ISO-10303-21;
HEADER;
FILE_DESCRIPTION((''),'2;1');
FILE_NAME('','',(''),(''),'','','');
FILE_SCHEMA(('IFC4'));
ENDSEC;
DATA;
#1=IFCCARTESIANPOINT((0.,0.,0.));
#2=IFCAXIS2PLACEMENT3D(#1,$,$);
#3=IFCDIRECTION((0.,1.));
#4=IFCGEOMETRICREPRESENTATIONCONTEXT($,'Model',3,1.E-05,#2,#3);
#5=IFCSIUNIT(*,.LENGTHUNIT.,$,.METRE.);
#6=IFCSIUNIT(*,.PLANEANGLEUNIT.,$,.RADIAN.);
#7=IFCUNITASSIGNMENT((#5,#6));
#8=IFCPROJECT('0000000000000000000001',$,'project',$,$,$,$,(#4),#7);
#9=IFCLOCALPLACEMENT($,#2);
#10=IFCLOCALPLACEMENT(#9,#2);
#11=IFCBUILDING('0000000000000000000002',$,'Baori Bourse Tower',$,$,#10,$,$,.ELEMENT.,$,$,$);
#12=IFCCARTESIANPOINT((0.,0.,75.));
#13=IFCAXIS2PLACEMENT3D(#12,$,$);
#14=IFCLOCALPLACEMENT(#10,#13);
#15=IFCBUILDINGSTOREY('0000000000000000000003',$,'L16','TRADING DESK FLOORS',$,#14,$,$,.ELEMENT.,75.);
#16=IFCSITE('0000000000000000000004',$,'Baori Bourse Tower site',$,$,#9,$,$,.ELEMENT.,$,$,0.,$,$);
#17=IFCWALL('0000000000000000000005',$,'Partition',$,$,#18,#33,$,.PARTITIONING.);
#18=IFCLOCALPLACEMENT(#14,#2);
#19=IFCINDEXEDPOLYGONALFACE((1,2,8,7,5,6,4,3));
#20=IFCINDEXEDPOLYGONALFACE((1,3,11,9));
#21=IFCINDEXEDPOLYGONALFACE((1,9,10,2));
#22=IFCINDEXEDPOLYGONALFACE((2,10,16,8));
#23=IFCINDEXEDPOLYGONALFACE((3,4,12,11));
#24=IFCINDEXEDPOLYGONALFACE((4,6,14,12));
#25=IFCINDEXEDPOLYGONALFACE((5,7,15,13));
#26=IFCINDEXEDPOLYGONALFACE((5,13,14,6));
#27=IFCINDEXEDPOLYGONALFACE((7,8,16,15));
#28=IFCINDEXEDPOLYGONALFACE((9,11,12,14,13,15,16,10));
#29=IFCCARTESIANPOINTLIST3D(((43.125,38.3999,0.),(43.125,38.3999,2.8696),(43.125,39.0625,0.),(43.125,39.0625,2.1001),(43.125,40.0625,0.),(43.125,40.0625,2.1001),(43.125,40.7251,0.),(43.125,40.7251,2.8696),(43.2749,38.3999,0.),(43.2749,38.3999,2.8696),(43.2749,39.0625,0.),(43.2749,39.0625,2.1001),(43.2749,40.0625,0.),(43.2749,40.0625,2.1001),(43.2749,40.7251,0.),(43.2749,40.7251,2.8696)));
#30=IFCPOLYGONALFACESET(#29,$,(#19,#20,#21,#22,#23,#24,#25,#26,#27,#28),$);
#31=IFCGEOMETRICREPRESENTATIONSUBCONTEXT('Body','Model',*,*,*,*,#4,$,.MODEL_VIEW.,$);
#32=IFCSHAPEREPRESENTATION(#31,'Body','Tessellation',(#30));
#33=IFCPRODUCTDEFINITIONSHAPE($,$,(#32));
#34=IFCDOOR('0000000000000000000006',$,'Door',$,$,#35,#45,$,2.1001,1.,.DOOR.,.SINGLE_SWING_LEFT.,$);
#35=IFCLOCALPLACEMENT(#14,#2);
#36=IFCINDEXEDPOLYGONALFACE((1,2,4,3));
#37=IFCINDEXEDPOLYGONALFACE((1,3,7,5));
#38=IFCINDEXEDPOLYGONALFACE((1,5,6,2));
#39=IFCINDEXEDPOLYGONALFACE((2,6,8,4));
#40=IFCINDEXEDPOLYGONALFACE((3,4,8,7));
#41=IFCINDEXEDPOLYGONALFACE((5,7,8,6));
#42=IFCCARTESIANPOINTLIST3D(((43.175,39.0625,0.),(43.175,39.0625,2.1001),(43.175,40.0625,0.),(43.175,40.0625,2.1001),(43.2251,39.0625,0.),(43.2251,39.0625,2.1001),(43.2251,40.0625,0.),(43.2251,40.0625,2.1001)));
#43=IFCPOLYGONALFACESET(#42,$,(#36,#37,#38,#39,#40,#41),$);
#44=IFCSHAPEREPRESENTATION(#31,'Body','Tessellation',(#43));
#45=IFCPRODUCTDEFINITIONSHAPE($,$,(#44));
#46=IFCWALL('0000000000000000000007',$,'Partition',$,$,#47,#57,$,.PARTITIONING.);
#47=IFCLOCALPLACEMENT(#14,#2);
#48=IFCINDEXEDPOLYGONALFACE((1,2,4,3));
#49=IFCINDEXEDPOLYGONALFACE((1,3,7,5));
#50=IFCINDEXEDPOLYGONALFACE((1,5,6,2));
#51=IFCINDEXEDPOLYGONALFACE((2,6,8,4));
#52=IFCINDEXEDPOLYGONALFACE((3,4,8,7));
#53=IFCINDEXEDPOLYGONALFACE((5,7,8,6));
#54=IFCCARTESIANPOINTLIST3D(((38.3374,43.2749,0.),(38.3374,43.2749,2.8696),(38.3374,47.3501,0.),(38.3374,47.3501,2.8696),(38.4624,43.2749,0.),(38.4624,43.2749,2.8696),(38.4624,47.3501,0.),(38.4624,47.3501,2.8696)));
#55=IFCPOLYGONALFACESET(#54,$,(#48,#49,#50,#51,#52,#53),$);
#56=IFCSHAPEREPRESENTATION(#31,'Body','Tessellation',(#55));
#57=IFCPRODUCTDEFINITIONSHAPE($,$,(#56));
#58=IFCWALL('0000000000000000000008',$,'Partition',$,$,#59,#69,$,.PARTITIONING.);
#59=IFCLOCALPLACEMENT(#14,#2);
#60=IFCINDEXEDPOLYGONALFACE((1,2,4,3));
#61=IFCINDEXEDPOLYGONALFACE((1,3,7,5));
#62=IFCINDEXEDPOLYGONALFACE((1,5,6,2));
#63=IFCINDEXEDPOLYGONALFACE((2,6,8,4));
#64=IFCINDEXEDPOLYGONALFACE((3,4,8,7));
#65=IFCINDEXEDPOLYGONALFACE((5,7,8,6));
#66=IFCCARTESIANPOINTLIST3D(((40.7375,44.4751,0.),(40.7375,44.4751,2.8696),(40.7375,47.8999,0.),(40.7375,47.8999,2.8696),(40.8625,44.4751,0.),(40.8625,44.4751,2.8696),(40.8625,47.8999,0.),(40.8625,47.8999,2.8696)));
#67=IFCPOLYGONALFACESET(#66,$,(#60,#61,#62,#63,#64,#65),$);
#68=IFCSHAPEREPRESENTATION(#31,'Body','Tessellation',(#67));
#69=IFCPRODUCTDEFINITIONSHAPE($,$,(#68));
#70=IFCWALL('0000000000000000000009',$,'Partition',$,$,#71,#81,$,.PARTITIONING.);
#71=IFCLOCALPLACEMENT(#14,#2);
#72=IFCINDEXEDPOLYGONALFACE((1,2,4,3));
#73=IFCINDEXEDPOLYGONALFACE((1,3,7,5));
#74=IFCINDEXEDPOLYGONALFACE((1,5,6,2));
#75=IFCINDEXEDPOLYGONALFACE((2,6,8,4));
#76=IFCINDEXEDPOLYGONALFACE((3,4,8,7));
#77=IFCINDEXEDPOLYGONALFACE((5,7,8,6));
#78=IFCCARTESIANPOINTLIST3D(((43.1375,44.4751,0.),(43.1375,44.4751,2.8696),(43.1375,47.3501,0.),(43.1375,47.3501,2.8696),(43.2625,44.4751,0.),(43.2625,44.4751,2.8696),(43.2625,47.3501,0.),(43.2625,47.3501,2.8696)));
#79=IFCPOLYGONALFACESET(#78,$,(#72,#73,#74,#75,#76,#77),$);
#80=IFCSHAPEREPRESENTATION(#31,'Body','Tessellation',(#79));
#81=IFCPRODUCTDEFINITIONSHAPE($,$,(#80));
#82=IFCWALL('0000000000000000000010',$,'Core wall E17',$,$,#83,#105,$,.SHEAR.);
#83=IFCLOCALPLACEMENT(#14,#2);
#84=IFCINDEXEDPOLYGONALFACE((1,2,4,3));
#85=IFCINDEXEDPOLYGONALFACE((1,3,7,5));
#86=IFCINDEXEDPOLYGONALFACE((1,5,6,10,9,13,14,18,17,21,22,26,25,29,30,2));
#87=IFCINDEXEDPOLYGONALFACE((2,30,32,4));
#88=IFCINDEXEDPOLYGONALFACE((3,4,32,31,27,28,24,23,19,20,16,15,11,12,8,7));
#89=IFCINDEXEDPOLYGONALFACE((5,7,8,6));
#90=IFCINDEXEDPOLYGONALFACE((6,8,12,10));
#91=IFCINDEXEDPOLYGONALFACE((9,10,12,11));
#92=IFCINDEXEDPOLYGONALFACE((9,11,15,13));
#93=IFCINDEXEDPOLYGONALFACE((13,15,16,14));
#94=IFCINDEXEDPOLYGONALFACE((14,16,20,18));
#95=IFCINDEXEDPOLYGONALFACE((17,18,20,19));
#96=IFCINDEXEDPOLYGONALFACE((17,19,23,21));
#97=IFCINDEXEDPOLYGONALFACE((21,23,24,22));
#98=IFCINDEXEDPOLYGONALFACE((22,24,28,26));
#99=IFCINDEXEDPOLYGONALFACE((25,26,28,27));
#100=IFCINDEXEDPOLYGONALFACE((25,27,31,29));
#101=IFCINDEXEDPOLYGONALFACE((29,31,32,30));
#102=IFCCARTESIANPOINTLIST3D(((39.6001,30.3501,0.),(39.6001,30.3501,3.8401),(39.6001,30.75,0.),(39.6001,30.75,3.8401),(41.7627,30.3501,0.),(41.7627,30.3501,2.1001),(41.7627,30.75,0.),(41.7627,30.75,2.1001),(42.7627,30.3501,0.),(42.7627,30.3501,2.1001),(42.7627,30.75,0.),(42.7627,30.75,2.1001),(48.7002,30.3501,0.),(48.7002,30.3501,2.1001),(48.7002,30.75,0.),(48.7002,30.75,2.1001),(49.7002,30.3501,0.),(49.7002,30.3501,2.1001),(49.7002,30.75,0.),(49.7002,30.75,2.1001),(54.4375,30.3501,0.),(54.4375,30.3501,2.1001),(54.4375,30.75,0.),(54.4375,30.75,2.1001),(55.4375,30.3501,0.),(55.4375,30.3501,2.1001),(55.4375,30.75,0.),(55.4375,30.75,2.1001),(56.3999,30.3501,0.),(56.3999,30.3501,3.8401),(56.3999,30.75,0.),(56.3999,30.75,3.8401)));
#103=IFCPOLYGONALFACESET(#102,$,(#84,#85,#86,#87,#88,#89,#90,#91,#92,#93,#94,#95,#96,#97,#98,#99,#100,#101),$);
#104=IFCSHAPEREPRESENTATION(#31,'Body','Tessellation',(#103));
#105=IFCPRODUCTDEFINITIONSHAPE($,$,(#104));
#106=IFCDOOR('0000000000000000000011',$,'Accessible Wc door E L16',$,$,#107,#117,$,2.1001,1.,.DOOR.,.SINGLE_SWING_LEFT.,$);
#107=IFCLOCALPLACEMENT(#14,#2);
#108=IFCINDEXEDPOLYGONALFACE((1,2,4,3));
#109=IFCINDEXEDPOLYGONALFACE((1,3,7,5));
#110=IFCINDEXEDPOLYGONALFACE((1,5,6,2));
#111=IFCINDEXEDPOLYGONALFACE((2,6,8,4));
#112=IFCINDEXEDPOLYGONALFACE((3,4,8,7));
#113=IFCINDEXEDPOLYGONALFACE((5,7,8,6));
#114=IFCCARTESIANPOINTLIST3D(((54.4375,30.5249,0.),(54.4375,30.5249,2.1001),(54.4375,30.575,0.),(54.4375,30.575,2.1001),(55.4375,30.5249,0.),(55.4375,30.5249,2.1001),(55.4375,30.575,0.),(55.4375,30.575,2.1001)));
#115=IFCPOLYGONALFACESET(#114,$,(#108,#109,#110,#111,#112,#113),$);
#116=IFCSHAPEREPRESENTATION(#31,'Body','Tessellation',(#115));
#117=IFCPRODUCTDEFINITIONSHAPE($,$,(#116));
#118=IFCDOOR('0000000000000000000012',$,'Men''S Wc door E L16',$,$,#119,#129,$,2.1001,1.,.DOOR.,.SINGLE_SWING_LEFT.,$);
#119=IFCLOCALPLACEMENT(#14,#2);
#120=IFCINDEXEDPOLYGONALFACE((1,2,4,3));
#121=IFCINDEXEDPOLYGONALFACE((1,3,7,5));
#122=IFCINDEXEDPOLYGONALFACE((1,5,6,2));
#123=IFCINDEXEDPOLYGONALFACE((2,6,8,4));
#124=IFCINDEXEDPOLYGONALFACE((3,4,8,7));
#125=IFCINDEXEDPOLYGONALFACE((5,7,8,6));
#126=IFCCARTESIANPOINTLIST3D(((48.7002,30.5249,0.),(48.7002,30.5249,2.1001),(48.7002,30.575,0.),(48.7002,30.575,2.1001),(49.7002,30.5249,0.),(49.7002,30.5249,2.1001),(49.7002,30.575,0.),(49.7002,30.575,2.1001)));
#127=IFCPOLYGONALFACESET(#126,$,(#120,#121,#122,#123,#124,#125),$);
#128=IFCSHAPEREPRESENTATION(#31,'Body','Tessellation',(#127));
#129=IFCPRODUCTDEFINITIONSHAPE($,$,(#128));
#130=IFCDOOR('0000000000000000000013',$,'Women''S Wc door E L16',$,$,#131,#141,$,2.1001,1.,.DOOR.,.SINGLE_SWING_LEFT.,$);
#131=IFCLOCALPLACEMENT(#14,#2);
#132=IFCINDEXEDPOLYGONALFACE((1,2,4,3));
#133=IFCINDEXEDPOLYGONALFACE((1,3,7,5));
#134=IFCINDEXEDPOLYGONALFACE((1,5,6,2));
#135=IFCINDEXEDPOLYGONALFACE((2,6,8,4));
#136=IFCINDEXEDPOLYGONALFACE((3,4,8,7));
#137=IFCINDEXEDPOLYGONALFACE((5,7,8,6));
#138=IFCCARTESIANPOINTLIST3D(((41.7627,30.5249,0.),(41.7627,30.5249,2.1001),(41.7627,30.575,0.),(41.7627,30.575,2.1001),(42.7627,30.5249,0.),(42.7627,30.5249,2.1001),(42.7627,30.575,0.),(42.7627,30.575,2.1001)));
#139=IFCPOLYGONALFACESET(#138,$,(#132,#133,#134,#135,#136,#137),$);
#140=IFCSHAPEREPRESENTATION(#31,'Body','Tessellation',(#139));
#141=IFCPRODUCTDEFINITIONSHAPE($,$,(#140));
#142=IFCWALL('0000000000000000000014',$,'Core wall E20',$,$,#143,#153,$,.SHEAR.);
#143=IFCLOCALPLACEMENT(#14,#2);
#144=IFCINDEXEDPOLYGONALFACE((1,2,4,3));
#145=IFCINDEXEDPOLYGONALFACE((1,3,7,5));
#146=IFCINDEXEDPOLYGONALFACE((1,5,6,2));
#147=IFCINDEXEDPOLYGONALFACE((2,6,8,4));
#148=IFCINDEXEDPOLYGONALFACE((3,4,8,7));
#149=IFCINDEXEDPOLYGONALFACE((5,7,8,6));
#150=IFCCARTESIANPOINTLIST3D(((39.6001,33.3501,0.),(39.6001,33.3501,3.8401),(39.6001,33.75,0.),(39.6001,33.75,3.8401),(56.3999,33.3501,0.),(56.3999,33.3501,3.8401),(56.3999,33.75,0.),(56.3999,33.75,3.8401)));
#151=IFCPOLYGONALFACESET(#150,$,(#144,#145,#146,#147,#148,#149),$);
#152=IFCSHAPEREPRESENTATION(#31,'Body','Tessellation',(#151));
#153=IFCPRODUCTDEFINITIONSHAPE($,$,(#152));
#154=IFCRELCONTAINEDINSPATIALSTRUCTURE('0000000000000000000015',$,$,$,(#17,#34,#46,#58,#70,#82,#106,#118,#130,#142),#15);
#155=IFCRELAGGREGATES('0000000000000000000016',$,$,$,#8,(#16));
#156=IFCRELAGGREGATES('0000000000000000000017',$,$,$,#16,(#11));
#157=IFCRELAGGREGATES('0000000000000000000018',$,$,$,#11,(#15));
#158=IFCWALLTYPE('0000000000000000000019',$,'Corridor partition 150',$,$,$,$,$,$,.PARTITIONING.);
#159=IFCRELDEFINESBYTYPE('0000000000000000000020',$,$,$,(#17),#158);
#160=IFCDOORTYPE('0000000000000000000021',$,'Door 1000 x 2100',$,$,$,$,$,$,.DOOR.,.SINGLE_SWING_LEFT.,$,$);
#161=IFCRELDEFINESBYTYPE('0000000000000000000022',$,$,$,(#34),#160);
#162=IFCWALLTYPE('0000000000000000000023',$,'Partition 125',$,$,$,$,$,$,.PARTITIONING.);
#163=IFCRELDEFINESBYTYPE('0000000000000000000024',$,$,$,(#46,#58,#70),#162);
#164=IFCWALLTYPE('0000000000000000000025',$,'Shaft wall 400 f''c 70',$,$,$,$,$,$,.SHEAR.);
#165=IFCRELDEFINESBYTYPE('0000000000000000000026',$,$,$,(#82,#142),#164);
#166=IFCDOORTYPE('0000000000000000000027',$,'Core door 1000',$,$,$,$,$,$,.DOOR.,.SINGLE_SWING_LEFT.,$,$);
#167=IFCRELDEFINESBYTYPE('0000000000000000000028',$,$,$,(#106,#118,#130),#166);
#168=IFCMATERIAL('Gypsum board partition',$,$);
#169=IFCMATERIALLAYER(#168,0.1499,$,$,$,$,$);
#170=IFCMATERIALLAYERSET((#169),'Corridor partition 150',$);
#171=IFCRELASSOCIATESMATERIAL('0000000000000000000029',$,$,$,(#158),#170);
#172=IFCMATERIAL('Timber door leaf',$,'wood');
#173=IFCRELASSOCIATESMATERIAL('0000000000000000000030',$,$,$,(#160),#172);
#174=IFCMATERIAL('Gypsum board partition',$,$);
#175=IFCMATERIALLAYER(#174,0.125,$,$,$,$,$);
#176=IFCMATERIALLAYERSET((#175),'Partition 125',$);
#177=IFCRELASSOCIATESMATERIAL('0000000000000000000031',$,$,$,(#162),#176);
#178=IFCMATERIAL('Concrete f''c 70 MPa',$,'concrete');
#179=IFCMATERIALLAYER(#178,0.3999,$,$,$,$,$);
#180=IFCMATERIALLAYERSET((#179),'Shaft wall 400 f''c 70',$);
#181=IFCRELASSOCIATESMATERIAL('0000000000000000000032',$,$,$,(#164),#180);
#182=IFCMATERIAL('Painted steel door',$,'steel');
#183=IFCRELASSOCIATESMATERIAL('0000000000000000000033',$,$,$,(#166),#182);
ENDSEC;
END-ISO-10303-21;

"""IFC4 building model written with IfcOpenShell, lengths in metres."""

from ifc_helpers import new_model, si_unit, direction, frame, frame_2d, origin, place, context, subcontext, project, spatial, rectangle, extrude, material, layer, layer_set, type_object, element, fill, save


model = new_model("IFC4")

# Units and contexts
model_context = context("Model", 3, precision=1e-05, world=origin(), true_north=direction((0.0, 1.0)))
body_context = subcontext(model_context, "Body", "Model", "MODEL_VIEW")
ifc_project = project(units=[si_unit("LENGTHUNIT", "METRE"), si_unit("PLANEANGLEUNIT", "RADIAN")], contexts=[model_context])

# Site, building, storey
site_placement = place(None, origin())
site = spatial("IfcSite", under=ifc_project, at=site_placement, Name="Baori Bourse Tower site", CompositionType="ELEMENT", RefElevation=0.0)
building_placement = place(site_placement, origin())
building = spatial("IfcBuilding", under=site, at=building_placement, Name="Baori Bourse Tower", CompositionType="ELEMENT")
storey_placement = place(building_placement, frame((0.0, 0.0, 75.0)))
storey = spatial("IfcBuildingStorey", under=building, at=storey_placement, Name="L16", Description="TRADING DESK FLOORS", CompositionType="ELEMENT", Elevation=75.0)

# Shared definitions
ifc_material_1 = material(Name="Gypsum board partition")
ifc_layer_1 = layer(ifc_material_1, 0.1499)
ifc_layer_set_1 = layer_set([ifc_layer_1], Name="Corridor partition 150")
wall_type_1 = type_object("IfcWallType", Name="Corridor partition 150", PredefinedType="PARTITIONING", material=ifc_layer_set_1)
ifc_material_2 = material(Name="Timber door leaf", Category="wood")
door_type_1 = type_object("IfcDoorType", Name="Door 1000 x 2100", OperationType="SINGLE_SWING_LEFT", PredefinedType="DOOR", material=ifc_material_2)

# Wall, opening, door
wall_1_placement = place(storey_placement, frame((43.2, 38.3999, 0.0), z_axis=(0.0, 0.0, 1.0), x_axis=(0.0, 1.0, 0.0)))
wall_1 = element("IfcWall", 1, at=wall_1_placement, inside=storey, type_object=wall_type_1, Name="Partition", PredefinedType="PARTITIONING", context=body_context, shape_type="SweptSolid", body=[
    extrude(rectangle(XDim=2.3252, YDim=0.1499, at=frame_2d((1.1626, 0.0))), origin(), (0.0, 0.0, 1.0), 2.8696),
])
opening_1_placement = place(wall_1_placement, frame((0.6626, 0.0, 0.0)))
opening_1 = element("IfcOpeningElement", 2, at=opening_1_placement, cuts=wall_1, PredefinedType="OPENING", context=body_context, shape_type="SweptSolid", body=[
    extrude(rectangle(XDim=1.0, YDim=2.1001, at=frame_2d((0.5, 1.05))), frame((0.0, 0.085, 0.0), z_axis=(0.0, -1.0, 0.0), x_axis=(1.0, 0.0, 0.0)), (0.0, 0.0, 1.0), 0.1699),
])
door_1_placement = place(opening_1_placement, origin())
door_1 = element("IfcDoor", 3, at=door_1_placement, inside=storey, type_object=door_type_1, Name="Door", OperationType="SINGLE_SWING_LEFT", OverallHeight=2.1001, OverallWidth=1.0, PredefinedType="DOOR", context=body_context, shape_type="SweptSolid", body=[
    extrude(rectangle(XDim=1.0, YDim=2.1001, at=frame_2d((0.5, 1.05))), frame((0.0, 0.0249, 0.0), z_axis=(0.0, -1.0, 0.0), x_axis=(1.0, 0.0, 0.0)), (0.0, 0.0, 1.0), 0.05),
])
fill(opening_1, door_1)

# Walls
ifc_material_3 = material(Name="Gypsum board partition")
ifc_layer_2 = layer(ifc_material_3, 0.125)
ifc_layer_set_2 = layer_set([ifc_layer_2], Name="Partition 125")
wall_type_2 = type_object("IfcWallType", Name="Partition 125", PredefinedType="PARTITIONING", material=ifc_layer_set_2)
wall_2_placement = place(storey_placement, frame((38.3999, 43.2749, 0.0), z_axis=(0.0, 0.0, 1.0), x_axis=(0.0, 1.0, 0.0)))
element("IfcWall", 4, at=wall_2_placement, inside=storey, type_object=wall_type_2, Name="Partition", PredefinedType="PARTITIONING", context=body_context, shape_type="SweptSolid", body=[
    extrude(rectangle(XDim=4.0752, YDim=0.125, at=frame_2d((2.0376, 0.0))), origin(), (0.0, 0.0, 1.0), 2.8696),
])
wall_3_placement = place(storey_placement, frame((40.8, 44.4751, 0.0), z_axis=(0.0, 0.0, 1.0), x_axis=(0.0, 1.0, 0.0)))
element("IfcWall", 5, at=wall_3_placement, inside=storey, type_object=wall_type_2, Name="Partition", PredefinedType="PARTITIONING", context=body_context, shape_type="SweptSolid", body=[
    extrude(rectangle(XDim=3.4248, YDim=0.125, at=frame_2d((1.7124, 0.0))), origin(), (0.0, 0.0, 1.0), 2.8696),
])
wall_4_placement = place(storey_placement, frame((43.2, 44.4751, 0.0), z_axis=(0.0, 0.0, 1.0), x_axis=(0.0, 1.0, 0.0)))
element("IfcWall", 6, at=wall_4_placement, inside=storey, type_object=wall_type_2, Name="Partition", PredefinedType="PARTITIONING", context=body_context, shape_type="SweptSolid", body=[
    extrude(rectangle(XDim=2.875, YDim=0.125, at=frame_2d((1.4375, 0.0))), origin(), (0.0, 0.0, 1.0), 2.8696),
])

# Wall, openings, doors
ifc_material_4 = material(Name="Concrete f'c 70 MPa", Category="concrete")
ifc_layer_3 = layer(ifc_material_4, 0.3999)
ifc_layer_set_3 = layer_set([ifc_layer_3], Name="Shaft wall 400 f'c 70")
wall_type_3 = type_object("IfcWallType", Name="Shaft wall 400 f'c 70", PredefinedType="SHEAR", material=ifc_layer_set_3)
wall_5_placement = place(storey_placement, frame((39.6001, 30.55, 0.0), z_axis=(0.0, 0.0, 1.0), x_axis=(1.0, 0.0, 0.0)))
wall_5 = element("IfcWall", 7, at=wall_5_placement, inside=storey, type_object=wall_type_3, Name="Core wall E17", PredefinedType="SHEAR", context=body_context, shape_type="SweptSolid", body=[
    extrude(rectangle(XDim=16.7998, YDim=0.3999, at=frame_2d((8.3999, 0.0))), origin(), (0.0, 0.0, 1.0), 3.8401),
])
opening_2_placement = place(wall_5_placement, frame((14.8374, 0.0, 0.0)))
opening_2 = element("IfcOpeningElement", 8, at=opening_2_placement, cuts=wall_5, PredefinedType="OPENING", context=body_context, shape_type="SweptSolid", body=[
    extrude(rectangle(XDim=1.0, YDim=2.1001, at=frame_2d((0.5, 1.05))), frame((0.0, 0.21, 0.0), z_axis=(0.0, -1.0, 0.0), x_axis=(1.0, 0.0, 0.0)), (0.0, 0.0, 1.0), 0.4199),
])
opening_3_placement = place(wall_5_placement, frame((9.1001, 0.0, 0.0)))
opening_3 = element("IfcOpeningElement", 9, at=opening_3_placement, cuts=wall_5, PredefinedType="OPENING", context=body_context, shape_type="SweptSolid", body=[
    extrude(rectangle(XDim=1.0, YDim=2.1001, at=frame_2d((0.5, 1.05))), frame((0.0, 0.21, 0.0), z_axis=(0.0, -1.0, 0.0), x_axis=(1.0, 0.0, 0.0)), (0.0, 0.0, 1.0), 0.4199),
])
opening_4_placement = place(wall_5_placement, frame((2.1626, 0.0, 0.0)))
opening_4 = element("IfcOpeningElement", 10, at=opening_4_placement, cuts=wall_5, PredefinedType="OPENING", context=body_context, shape_type="SweptSolid", body=[
    extrude(rectangle(XDim=1.0, YDim=2.1001, at=frame_2d((0.5, 1.05))), frame((0.0, 0.21, 0.0), z_axis=(0.0, -1.0, 0.0), x_axis=(1.0, 0.0, 0.0)), (0.0, 0.0, 1.0), 0.4199),
])
ifc_material_5 = material(Name="Painted steel door", Category="steel")
door_type_2 = type_object("IfcDoorType", Name="Core door 1000", OperationType="SINGLE_SWING_LEFT", PredefinedType="DOOR", material=ifc_material_5)
door_2_placement = place(opening_2_placement, origin())
door_2 = element("IfcDoor", 11, at=door_2_placement, inside=storey, type_object=door_type_2, Name="Accessible Wc door E L16", OperationType="SINGLE_SWING_LEFT", OverallHeight=2.1001, OverallWidth=1.0, PredefinedType="DOOR", context=body_context, shape_type="SweptSolid", body=[
    extrude(rectangle(XDim=1.0, YDim=2.1001, at=frame_2d((0.5, 1.05))), frame((0.0, 0.0249, 0.0), z_axis=(0.0, -1.0, 0.0), x_axis=(1.0, 0.0, 0.0)), (0.0, 0.0, 1.0), 0.05),
])
fill(opening_2, door_2)
door_3_placement = place(opening_3_placement, origin())
door_3 = element("IfcDoor", 12, at=door_3_placement, inside=storey, type_object=door_type_2, Name="Men'S Wc door E L16", OperationType="SINGLE_SWING_LEFT", OverallHeight=2.1001, OverallWidth=1.0, PredefinedType="DOOR", context=body_context, shape_type="SweptSolid", body=[
    extrude(rectangle(XDim=1.0, YDim=2.1001, at=frame_2d((0.5, 1.05))), frame((0.0, 0.0249, 0.0), z_axis=(0.0, -1.0, 0.0), x_axis=(1.0, 0.0, 0.0)), (0.0, 0.0, 1.0), 0.05),
])
fill(opening_3, door_3)
door_4_placement = place(opening_4_placement, origin())
door_4 = element("IfcDoor", 13, at=door_4_placement, inside=storey, type_object=door_type_2, Name="Women'S Wc door E L16", OperationType="SINGLE_SWING_LEFT", OverallHeight=2.1001, OverallWidth=1.0, PredefinedType="DOOR", context=body_context, shape_type="SweptSolid", body=[
    extrude(rectangle(XDim=1.0, YDim=2.1001, at=frame_2d((0.5, 1.05))), frame((0.0, 0.0249, 0.0), z_axis=(0.0, -1.0, 0.0), x_axis=(1.0, 0.0, 0.0)), (0.0, 0.0, 1.0), 0.05),
])
fill(opening_4, door_4)

# Wall
wall_6_placement = place(storey_placement, frame((39.6001, 33.55, 0.0), z_axis=(0.0, 0.0, 1.0), x_axis=(1.0, 0.0, 0.0)))
element("IfcWall", 14, at=wall_6_placement, inside=storey, type_object=wall_type_3, Name="Core wall E20", PredefinedType="SHEAR", context=body_context, shape_type="SweptSolid", body=[
    extrude(rectangle(XDim=16.7998, YDim=0.3999, at=frame_2d((8.3999, 0.0))), origin(), (0.0, 0.0, 1.0), 3.8401),
])

save(model, "model.ifc")
